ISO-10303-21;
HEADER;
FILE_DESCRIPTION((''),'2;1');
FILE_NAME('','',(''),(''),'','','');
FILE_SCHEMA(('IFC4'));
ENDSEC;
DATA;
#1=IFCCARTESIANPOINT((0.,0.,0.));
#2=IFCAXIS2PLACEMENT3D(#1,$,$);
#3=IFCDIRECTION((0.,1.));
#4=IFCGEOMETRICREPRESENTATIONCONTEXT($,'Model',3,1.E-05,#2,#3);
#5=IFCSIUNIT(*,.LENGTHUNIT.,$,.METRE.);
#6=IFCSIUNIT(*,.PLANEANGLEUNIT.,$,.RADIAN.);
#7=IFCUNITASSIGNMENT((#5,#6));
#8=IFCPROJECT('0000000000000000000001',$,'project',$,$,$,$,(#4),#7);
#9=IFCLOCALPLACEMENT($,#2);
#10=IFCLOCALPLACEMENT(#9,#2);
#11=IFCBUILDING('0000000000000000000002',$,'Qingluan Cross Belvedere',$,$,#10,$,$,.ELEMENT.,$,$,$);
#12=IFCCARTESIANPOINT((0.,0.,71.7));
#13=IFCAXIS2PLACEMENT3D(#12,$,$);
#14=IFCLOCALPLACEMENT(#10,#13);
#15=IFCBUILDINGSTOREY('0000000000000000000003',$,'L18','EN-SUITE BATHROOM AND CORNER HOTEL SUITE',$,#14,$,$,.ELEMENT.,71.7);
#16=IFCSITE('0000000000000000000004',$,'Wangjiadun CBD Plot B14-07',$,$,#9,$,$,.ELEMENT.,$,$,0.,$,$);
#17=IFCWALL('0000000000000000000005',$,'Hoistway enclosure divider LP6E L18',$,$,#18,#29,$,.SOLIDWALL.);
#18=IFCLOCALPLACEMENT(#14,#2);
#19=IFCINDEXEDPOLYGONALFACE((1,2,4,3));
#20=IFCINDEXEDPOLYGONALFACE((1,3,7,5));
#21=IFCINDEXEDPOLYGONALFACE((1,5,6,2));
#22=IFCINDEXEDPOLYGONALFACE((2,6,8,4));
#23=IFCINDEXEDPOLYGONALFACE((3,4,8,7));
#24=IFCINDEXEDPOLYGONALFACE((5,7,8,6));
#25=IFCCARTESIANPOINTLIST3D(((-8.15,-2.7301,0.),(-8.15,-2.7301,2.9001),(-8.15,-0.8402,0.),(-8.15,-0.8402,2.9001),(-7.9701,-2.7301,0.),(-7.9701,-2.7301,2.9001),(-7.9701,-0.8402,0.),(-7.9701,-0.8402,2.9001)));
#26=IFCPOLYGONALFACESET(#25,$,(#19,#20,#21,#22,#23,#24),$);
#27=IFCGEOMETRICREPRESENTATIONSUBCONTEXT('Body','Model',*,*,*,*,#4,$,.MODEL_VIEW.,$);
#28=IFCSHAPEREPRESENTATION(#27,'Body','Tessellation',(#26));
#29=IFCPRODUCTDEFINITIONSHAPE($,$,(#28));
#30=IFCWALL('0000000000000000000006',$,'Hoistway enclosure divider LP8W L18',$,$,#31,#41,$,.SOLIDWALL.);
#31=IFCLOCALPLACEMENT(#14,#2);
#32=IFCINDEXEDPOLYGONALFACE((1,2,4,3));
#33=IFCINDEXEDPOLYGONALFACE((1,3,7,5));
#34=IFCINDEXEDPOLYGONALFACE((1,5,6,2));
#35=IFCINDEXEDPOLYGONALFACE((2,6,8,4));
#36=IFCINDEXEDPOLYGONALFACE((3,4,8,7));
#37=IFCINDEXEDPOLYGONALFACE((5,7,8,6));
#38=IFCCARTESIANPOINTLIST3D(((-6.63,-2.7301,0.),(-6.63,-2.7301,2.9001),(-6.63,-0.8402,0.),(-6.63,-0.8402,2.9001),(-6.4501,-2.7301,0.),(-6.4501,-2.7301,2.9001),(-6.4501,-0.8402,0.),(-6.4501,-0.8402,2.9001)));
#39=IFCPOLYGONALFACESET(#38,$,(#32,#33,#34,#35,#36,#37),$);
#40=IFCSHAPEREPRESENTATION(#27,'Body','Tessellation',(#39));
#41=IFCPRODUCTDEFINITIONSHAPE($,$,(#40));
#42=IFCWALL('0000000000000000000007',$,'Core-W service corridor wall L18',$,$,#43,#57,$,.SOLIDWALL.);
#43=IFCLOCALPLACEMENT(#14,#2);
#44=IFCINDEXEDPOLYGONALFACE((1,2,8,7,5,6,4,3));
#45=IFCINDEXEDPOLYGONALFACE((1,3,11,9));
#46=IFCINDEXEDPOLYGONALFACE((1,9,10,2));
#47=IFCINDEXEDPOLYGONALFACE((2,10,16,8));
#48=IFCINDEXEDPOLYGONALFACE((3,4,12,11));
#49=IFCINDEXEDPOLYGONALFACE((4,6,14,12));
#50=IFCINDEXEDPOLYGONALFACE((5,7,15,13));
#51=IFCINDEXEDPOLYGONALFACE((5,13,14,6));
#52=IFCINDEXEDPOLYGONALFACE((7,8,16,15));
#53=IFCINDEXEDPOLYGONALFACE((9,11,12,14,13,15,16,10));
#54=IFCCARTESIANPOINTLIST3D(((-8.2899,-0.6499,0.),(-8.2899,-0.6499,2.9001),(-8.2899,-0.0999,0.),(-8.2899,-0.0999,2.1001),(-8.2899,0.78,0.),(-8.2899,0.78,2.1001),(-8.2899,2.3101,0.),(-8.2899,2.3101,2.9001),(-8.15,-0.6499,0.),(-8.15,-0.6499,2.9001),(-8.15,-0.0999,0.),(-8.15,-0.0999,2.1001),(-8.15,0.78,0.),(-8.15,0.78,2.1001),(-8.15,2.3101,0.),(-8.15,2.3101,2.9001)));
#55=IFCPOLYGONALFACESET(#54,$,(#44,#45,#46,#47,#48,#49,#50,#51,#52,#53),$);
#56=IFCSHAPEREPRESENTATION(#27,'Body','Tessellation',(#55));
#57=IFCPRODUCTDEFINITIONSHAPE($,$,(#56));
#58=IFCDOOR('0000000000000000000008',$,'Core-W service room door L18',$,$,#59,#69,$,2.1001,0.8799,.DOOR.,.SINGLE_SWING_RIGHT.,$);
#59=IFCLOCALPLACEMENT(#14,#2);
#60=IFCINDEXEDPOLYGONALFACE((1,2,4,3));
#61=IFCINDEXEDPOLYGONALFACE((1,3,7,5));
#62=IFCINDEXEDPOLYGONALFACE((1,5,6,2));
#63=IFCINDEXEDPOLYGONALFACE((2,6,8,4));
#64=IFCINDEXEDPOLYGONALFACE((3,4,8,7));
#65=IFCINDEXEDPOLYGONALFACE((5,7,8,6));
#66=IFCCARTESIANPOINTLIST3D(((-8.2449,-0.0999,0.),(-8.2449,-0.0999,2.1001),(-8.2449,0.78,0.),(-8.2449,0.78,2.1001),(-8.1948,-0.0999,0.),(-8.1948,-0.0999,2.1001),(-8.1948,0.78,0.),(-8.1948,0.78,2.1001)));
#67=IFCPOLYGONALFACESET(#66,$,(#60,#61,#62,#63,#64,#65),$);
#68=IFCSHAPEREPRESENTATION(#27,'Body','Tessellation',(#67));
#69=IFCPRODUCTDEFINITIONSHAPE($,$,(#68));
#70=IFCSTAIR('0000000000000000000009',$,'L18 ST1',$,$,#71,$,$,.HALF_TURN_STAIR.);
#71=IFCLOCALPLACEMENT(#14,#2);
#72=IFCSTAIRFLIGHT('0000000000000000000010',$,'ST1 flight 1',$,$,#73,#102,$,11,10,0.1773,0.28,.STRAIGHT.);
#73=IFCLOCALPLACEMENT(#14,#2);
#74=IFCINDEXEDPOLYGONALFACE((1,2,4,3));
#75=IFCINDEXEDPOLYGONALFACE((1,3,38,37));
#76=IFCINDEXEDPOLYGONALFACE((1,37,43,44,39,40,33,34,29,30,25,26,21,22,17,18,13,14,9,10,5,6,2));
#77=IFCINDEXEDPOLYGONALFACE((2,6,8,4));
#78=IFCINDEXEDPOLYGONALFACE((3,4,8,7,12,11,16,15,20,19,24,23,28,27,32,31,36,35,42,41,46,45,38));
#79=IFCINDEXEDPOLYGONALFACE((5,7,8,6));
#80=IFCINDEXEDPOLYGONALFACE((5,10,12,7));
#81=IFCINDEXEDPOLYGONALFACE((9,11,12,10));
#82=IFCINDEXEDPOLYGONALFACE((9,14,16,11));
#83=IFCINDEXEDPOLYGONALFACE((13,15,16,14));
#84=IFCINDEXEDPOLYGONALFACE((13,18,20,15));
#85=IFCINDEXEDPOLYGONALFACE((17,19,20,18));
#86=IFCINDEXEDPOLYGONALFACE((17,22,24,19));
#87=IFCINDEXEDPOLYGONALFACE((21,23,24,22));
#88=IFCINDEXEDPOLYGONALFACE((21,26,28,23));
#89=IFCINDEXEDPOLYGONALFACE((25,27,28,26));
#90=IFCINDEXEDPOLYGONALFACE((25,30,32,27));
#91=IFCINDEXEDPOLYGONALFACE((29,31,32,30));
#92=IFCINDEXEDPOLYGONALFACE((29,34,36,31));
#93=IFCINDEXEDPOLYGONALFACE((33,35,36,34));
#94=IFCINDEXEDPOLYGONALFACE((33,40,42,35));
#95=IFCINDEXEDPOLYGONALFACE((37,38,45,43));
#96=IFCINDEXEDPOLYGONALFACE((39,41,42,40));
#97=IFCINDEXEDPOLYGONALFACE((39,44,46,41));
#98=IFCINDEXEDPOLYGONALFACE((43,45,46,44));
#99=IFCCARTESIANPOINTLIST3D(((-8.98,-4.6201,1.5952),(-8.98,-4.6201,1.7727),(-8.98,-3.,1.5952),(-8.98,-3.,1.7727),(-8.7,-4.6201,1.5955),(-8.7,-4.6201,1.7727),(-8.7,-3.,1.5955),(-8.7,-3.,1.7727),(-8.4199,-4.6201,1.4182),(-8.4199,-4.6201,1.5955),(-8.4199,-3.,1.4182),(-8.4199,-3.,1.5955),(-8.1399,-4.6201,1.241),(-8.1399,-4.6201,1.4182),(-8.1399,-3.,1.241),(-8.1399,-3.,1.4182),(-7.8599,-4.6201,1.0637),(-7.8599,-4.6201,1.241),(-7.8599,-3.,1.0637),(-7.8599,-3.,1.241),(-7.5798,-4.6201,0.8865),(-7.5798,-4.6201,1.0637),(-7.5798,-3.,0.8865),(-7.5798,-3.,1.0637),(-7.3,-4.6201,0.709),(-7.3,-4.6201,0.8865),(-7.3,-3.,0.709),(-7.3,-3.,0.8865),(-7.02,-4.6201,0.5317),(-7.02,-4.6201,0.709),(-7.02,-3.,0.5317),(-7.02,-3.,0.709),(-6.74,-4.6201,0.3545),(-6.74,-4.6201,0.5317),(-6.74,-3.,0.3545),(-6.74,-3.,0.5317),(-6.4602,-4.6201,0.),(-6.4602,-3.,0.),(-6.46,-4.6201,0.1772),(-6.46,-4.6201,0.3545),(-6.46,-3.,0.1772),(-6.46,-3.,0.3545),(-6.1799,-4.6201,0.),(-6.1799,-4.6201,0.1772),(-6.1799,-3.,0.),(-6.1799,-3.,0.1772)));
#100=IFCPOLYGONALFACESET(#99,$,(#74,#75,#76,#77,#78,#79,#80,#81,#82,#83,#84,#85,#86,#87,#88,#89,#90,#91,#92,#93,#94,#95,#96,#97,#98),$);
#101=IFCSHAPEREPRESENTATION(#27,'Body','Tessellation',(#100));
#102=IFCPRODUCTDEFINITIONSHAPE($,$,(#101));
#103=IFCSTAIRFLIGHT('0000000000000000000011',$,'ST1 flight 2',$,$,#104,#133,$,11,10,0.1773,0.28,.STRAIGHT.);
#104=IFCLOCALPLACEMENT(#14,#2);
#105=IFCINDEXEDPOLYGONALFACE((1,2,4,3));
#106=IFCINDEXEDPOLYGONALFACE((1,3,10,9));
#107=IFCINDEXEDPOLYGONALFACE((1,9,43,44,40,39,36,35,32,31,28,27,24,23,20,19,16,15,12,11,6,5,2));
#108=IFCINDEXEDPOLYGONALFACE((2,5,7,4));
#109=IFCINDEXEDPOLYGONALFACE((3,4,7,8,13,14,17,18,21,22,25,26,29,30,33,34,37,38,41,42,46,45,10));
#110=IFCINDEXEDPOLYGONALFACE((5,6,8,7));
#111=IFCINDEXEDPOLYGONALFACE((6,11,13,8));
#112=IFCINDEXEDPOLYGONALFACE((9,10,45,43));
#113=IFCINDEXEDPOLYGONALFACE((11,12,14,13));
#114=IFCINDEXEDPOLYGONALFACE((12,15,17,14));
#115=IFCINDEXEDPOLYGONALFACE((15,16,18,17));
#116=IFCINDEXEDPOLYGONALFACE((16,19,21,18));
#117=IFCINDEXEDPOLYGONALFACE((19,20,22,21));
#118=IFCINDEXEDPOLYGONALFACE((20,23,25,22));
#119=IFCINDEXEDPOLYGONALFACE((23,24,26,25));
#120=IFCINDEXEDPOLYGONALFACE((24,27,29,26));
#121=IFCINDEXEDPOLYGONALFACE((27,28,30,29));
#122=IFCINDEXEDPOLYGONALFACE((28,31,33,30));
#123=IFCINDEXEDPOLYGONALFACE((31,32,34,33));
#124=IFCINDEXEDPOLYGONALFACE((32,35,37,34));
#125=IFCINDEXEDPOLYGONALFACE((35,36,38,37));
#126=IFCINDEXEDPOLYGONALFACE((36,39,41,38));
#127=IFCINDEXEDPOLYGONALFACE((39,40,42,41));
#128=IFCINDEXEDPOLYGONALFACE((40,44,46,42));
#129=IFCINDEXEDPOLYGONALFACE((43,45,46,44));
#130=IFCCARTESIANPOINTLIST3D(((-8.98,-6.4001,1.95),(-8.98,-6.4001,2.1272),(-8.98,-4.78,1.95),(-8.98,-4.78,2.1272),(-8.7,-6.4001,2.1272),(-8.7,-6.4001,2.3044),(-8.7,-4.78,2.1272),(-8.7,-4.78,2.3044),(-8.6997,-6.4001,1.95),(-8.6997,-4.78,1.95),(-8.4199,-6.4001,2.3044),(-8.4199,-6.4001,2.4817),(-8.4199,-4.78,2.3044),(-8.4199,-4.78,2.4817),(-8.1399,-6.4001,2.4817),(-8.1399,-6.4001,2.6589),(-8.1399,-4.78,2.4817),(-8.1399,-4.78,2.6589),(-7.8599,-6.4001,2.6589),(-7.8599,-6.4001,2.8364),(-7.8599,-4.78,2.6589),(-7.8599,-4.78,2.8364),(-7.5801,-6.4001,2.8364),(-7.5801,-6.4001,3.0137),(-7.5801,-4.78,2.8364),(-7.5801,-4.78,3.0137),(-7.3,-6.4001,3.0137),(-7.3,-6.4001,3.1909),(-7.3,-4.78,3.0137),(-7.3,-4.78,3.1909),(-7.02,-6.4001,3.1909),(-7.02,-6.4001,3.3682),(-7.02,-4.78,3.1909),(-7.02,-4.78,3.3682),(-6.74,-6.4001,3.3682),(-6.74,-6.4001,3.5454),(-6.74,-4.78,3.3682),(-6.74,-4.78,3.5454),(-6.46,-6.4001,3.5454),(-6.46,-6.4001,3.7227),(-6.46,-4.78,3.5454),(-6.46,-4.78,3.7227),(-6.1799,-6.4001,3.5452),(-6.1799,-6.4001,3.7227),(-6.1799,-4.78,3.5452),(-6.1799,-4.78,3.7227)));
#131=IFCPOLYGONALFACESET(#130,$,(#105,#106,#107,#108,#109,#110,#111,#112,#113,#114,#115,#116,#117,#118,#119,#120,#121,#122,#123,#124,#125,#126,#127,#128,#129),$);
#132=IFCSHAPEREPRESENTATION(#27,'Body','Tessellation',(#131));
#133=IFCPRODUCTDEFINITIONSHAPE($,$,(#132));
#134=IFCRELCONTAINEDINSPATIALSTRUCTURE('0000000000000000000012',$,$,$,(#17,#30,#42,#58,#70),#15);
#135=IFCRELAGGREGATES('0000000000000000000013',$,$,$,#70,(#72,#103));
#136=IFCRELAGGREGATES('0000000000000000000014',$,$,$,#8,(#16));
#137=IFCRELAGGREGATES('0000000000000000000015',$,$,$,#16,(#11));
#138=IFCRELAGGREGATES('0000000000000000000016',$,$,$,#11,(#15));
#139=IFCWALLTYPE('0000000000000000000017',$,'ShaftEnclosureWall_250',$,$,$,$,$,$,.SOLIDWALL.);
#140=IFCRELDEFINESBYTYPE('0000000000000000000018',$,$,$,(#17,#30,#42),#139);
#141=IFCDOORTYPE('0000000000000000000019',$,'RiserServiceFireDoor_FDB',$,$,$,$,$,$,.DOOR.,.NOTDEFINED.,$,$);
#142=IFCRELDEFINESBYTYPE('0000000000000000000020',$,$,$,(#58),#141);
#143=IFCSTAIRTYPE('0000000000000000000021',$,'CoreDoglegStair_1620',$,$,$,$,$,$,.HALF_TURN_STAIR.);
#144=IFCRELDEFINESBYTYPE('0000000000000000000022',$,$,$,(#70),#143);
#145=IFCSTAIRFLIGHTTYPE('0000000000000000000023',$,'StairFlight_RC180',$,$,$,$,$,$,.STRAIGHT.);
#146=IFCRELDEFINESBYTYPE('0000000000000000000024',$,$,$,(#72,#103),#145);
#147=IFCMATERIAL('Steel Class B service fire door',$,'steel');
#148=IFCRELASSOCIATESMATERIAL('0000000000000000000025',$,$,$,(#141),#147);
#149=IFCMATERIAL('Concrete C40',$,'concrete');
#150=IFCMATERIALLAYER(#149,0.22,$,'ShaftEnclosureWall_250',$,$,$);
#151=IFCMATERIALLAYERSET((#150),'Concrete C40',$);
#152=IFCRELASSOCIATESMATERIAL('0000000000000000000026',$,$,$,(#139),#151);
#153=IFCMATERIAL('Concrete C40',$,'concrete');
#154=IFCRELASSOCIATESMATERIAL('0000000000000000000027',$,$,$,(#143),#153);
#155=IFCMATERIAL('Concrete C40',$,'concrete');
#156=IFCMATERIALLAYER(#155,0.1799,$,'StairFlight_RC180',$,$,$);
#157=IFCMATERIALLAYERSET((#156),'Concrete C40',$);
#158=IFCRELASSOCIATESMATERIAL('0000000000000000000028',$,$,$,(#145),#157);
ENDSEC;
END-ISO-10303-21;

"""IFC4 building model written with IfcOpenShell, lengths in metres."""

from ifc_helpers import new_model, si_unit, direction, frame, frame_2d, origin, place, context, subcontext, project, spatial, polyline, rectangle, outline, extrude, material, layer, layer_set, type_object, element, fill, aggregate, save


model = new_model("IFC4")

# Units and contexts
model_context = context("Model", 3, precision=1e-05, world=origin(), true_north=direction((0.0, 1.0)))
body_context = subcontext(model_context, "Body", "Model", "MODEL_VIEW")
ifc_project = project(units=[si_unit("LENGTHUNIT", "METRE"), si_unit("PLANEANGLEUNIT", "RADIAN")], contexts=[model_context])

# Site, building, storey
site_placement = place(None, origin())
site = spatial("IfcSite", under=ifc_project, at=site_placement, Name="Wangjiadun CBD Plot B14-07", CompositionType="ELEMENT", RefElevation=0.0)
building_placement = place(site_placement, origin())
building = spatial("IfcBuilding", under=site, at=building_placement, Name="Qingluan Cross Belvedere", CompositionType="ELEMENT")
storey_placement = place(building_placement, frame((0.0, 0.0, 71.7)))
storey = spatial("IfcBuildingStorey", under=building, at=storey_placement, Name="L18", Description="EN-SUITE BATHROOM AND CORNER HOTEL SUITE", CompositionType="ELEMENT", Elevation=71.7)

# Shared definitions
ifc_material_1 = material(Name="Steel Class B service fire door", Category="steel")
door_type_1 = type_object("IfcDoorType", Name="RiserServiceFireDoor_FDB", OperationType="NOTDEFINED", PredefinedType="DOOR", material=ifc_material_1)

# Walls
ifc_material_2 = material(Name="Concrete C40", Category="concrete")
ifc_layer_1 = layer(ifc_material_2, 0.22, Name="ShaftEnclosureWall_250")
ifc_layer_set_1 = layer_set([ifc_layer_1], Name="Concrete C40")
wall_type_1 = type_object("IfcWallType", Name="ShaftEnclosureWall_250", PredefinedType="SOLIDWALL", material=ifc_layer_set_1)
for number, where, z_axis, x_axis, name in (
    (1, (-8.0601, -2.73, 0.0), (0.0, 0.0, 1.0), (0.0, 1.0, 0.0), "Hoistway enclosure divider LP6E L18"),
    (2, (-6.54, -2.73, 0.0), (0.0, 0.0, 1.0), (0.0, 1.0, 0.0), "Hoistway enclosure divider LP8W L18"),
):
    element("IfcWall", number, at=place(storey_placement, frame(where, z_axis=z_axis, x_axis=x_axis)), inside=storey, type_object=wall_type_1, Name=name, PredefinedType="SOLIDWALL", context=body_context, shape_type="SweptSolid", body=[
        extrude(rectangle(XDim=1.8899, YDim=0.1799, at=frame_2d((0.9448, 0.0))), origin(), (0.0, 0.0, 1.0), 2.9001),
    ])

# Wall, opening, door
wall_1_placement = place(storey_placement, frame((-8.22, -0.6499, 0.0), z_axis=(0.0, 0.0, 1.0), x_axis=(0.0, 1.0, 0.0)))
wall_1 = element("IfcWall", 3, at=wall_1_placement, inside=storey, type_object=wall_type_1, Name="Core-W service corridor wall L18", PredefinedType="SOLIDWALL", context=body_context, shape_type="SweptSolid", body=[
    extrude(rectangle(XDim=2.96, YDim=0.1399, at=frame_2d((1.48, 0.0))), origin(), (0.0, 0.0, 1.0), 2.9001),
])
opening_1_placement = place(wall_1_placement, frame((0.55, 0.0, 0.0)))
opening_1 = element("IfcOpeningElement", 4, at=opening_1_placement, cuts=wall_1, PredefinedType="OPENING", context=body_context, shape_type="SweptSolid", body=[
    extrude(rectangle(XDim=0.8799, YDim=2.1001, at=frame_2d((0.4399, 1.05))), frame((0.0, 0.0798, 0.0), z_axis=(0.0, -1.0, 0.0), x_axis=(1.0, 0.0, 0.0)), (0.0, 0.0, 1.0), 0.1599),
])
door_1_placement = place(opening_1_placement, origin())
door_1 = element("IfcDoor", 5, at=door_1_placement, inside=storey, type_object=door_type_1, Name="Core-W service room door L18", OperationType="SINGLE_SWING_RIGHT", OverallHeight=2.1001, OverallWidth=0.8799, PredefinedType="DOOR", context=body_context, shape_type="SweptSolid", body=[
    extrude(rectangle(XDim=0.8799, YDim=2.1001, at=frame_2d((0.4399, 1.05))), frame((0.0, 0.0249, 0.0), z_axis=(0.0, -1.0, 0.0), x_axis=(1.0, 0.0, 0.0)), (0.0, 0.0, 1.0), 0.05),
])
fill(opening_1, door_1)

# Stair, stair flights
ifc_material_3 = material(Name="Concrete C40", Category="concrete")
stair_type = type_object("IfcStairType", Name="CoreDoglegStair_1620", PredefinedType="HALF_TURN_STAIR", material=ifc_material_3)
stair_placement = place(storey_placement, origin())
stair = element("IfcStair", 6, at=stair_placement, inside=storey, type_object=stair_type, Name="L18 ST1", PredefinedType="HALF_TURN_STAIR")
ifc_material_4 = material(Name="Concrete C40", Category="concrete")
ifc_layer_2 = layer(ifc_material_4, 0.1799, Name="StairFlight_RC180")
ifc_layer_set_2 = layer_set([ifc_layer_2], Name="Concrete C40")
stair_flight_type = type_object("IfcStairFlightType", Name="StairFlight_RC180", PredefinedType="STRAIGHT", material=ifc_layer_set_2)
stair_flight_1_placement = place(storey_placement, frame((-6.1799, -3.8101, 0.0), z_axis=(0.0, 0.0, 1.0), x_axis=(-1.0, 0.0, 0.0)))
stair_flight_1 = element("IfcStairFlight", 7, at=stair_flight_1_placement, type_object=stair_flight_type, Name="ST1 flight 1", NumberOfRisers=11, NumberOfTreads=10, PredefinedType="STRAIGHT", RiserHeight=0.1773, TreadLength=0.28, context=body_context, shape_type="SweptSolid", body=[
    extrude(outline(polyline([(0.0, 0.0), (0.0, 0.1772), (0.28, 0.1772), (0.28, 0.3545), (0.5601, 0.3545), (0.5601, 0.5317), (0.8401, 0.5317), (0.8401, 0.709), (1.1201, 0.709), (1.1201, 0.8865), (1.3999, 0.8865), (1.3999, 1.0637), (1.6799, 1.0637), (1.6799, 1.241), (1.96, 1.241), (1.96, 1.4182), (2.24, 1.4182), (2.24, 1.5955), (2.52, 1.5955), (2.52, 1.7727), (2.8, 1.7727), (2.8, 1.95), (2.8, 1.5952), (0.2803, 0.0), (0.0, 0.0)])), frame((0.0, 0.8101, 0.0), z_axis=(0.0, -1.0, 0.0), x_axis=(1.0, 0.0, 0.0)), (0.0, 0.0, 1.0), 1.6201),
])
stair_flight_2_placement = place(storey_placement, frame((-8.98, -5.5901, 1.95), z_axis=(0.0, 0.0, 1.0), x_axis=(1.0, 0.0, 0.0)))
stair_flight_2 = element("IfcStairFlight", 8, at=stair_flight_2_placement, type_object=stair_flight_type, Name="ST1 flight 2", NumberOfRisers=11, NumberOfTreads=10, PredefinedType="STRAIGHT", RiserHeight=0.1773, TreadLength=0.28, context=body_context, shape_type="SweptSolid", body=[
    extrude(outline(polyline([(0.0, 0.0), (0.0, 0.1772), (0.28, 0.1772), (0.28, 0.3545), (0.5601, 0.3545), (0.5601, 0.5317), (0.8401, 0.5317), (0.8401, 0.709), (1.1201, 0.709), (1.1201, 0.8865), (1.3999, 0.8865), (1.3999, 1.0637), (1.6799, 1.0637), (1.6799, 1.241), (1.96, 1.241), (1.96, 1.4182), (2.24, 1.4182), (2.24, 1.5955), (2.52, 1.5955), (2.52, 1.7727), (2.8, 1.7727), (2.8, 1.95), (2.8, 1.5952), (0.2803, 0.0), (0.0, 0.0)])), frame((0.0, 0.8101, 0.0), z_axis=(0.0, -1.0, 0.0), x_axis=(1.0, 0.0, 0.0)), (0.0, 0.0, 1.0), 1.6201),
])
aggregate(stair, [stair_flight_1, stair_flight_2])

save(model, "model.ifc")
